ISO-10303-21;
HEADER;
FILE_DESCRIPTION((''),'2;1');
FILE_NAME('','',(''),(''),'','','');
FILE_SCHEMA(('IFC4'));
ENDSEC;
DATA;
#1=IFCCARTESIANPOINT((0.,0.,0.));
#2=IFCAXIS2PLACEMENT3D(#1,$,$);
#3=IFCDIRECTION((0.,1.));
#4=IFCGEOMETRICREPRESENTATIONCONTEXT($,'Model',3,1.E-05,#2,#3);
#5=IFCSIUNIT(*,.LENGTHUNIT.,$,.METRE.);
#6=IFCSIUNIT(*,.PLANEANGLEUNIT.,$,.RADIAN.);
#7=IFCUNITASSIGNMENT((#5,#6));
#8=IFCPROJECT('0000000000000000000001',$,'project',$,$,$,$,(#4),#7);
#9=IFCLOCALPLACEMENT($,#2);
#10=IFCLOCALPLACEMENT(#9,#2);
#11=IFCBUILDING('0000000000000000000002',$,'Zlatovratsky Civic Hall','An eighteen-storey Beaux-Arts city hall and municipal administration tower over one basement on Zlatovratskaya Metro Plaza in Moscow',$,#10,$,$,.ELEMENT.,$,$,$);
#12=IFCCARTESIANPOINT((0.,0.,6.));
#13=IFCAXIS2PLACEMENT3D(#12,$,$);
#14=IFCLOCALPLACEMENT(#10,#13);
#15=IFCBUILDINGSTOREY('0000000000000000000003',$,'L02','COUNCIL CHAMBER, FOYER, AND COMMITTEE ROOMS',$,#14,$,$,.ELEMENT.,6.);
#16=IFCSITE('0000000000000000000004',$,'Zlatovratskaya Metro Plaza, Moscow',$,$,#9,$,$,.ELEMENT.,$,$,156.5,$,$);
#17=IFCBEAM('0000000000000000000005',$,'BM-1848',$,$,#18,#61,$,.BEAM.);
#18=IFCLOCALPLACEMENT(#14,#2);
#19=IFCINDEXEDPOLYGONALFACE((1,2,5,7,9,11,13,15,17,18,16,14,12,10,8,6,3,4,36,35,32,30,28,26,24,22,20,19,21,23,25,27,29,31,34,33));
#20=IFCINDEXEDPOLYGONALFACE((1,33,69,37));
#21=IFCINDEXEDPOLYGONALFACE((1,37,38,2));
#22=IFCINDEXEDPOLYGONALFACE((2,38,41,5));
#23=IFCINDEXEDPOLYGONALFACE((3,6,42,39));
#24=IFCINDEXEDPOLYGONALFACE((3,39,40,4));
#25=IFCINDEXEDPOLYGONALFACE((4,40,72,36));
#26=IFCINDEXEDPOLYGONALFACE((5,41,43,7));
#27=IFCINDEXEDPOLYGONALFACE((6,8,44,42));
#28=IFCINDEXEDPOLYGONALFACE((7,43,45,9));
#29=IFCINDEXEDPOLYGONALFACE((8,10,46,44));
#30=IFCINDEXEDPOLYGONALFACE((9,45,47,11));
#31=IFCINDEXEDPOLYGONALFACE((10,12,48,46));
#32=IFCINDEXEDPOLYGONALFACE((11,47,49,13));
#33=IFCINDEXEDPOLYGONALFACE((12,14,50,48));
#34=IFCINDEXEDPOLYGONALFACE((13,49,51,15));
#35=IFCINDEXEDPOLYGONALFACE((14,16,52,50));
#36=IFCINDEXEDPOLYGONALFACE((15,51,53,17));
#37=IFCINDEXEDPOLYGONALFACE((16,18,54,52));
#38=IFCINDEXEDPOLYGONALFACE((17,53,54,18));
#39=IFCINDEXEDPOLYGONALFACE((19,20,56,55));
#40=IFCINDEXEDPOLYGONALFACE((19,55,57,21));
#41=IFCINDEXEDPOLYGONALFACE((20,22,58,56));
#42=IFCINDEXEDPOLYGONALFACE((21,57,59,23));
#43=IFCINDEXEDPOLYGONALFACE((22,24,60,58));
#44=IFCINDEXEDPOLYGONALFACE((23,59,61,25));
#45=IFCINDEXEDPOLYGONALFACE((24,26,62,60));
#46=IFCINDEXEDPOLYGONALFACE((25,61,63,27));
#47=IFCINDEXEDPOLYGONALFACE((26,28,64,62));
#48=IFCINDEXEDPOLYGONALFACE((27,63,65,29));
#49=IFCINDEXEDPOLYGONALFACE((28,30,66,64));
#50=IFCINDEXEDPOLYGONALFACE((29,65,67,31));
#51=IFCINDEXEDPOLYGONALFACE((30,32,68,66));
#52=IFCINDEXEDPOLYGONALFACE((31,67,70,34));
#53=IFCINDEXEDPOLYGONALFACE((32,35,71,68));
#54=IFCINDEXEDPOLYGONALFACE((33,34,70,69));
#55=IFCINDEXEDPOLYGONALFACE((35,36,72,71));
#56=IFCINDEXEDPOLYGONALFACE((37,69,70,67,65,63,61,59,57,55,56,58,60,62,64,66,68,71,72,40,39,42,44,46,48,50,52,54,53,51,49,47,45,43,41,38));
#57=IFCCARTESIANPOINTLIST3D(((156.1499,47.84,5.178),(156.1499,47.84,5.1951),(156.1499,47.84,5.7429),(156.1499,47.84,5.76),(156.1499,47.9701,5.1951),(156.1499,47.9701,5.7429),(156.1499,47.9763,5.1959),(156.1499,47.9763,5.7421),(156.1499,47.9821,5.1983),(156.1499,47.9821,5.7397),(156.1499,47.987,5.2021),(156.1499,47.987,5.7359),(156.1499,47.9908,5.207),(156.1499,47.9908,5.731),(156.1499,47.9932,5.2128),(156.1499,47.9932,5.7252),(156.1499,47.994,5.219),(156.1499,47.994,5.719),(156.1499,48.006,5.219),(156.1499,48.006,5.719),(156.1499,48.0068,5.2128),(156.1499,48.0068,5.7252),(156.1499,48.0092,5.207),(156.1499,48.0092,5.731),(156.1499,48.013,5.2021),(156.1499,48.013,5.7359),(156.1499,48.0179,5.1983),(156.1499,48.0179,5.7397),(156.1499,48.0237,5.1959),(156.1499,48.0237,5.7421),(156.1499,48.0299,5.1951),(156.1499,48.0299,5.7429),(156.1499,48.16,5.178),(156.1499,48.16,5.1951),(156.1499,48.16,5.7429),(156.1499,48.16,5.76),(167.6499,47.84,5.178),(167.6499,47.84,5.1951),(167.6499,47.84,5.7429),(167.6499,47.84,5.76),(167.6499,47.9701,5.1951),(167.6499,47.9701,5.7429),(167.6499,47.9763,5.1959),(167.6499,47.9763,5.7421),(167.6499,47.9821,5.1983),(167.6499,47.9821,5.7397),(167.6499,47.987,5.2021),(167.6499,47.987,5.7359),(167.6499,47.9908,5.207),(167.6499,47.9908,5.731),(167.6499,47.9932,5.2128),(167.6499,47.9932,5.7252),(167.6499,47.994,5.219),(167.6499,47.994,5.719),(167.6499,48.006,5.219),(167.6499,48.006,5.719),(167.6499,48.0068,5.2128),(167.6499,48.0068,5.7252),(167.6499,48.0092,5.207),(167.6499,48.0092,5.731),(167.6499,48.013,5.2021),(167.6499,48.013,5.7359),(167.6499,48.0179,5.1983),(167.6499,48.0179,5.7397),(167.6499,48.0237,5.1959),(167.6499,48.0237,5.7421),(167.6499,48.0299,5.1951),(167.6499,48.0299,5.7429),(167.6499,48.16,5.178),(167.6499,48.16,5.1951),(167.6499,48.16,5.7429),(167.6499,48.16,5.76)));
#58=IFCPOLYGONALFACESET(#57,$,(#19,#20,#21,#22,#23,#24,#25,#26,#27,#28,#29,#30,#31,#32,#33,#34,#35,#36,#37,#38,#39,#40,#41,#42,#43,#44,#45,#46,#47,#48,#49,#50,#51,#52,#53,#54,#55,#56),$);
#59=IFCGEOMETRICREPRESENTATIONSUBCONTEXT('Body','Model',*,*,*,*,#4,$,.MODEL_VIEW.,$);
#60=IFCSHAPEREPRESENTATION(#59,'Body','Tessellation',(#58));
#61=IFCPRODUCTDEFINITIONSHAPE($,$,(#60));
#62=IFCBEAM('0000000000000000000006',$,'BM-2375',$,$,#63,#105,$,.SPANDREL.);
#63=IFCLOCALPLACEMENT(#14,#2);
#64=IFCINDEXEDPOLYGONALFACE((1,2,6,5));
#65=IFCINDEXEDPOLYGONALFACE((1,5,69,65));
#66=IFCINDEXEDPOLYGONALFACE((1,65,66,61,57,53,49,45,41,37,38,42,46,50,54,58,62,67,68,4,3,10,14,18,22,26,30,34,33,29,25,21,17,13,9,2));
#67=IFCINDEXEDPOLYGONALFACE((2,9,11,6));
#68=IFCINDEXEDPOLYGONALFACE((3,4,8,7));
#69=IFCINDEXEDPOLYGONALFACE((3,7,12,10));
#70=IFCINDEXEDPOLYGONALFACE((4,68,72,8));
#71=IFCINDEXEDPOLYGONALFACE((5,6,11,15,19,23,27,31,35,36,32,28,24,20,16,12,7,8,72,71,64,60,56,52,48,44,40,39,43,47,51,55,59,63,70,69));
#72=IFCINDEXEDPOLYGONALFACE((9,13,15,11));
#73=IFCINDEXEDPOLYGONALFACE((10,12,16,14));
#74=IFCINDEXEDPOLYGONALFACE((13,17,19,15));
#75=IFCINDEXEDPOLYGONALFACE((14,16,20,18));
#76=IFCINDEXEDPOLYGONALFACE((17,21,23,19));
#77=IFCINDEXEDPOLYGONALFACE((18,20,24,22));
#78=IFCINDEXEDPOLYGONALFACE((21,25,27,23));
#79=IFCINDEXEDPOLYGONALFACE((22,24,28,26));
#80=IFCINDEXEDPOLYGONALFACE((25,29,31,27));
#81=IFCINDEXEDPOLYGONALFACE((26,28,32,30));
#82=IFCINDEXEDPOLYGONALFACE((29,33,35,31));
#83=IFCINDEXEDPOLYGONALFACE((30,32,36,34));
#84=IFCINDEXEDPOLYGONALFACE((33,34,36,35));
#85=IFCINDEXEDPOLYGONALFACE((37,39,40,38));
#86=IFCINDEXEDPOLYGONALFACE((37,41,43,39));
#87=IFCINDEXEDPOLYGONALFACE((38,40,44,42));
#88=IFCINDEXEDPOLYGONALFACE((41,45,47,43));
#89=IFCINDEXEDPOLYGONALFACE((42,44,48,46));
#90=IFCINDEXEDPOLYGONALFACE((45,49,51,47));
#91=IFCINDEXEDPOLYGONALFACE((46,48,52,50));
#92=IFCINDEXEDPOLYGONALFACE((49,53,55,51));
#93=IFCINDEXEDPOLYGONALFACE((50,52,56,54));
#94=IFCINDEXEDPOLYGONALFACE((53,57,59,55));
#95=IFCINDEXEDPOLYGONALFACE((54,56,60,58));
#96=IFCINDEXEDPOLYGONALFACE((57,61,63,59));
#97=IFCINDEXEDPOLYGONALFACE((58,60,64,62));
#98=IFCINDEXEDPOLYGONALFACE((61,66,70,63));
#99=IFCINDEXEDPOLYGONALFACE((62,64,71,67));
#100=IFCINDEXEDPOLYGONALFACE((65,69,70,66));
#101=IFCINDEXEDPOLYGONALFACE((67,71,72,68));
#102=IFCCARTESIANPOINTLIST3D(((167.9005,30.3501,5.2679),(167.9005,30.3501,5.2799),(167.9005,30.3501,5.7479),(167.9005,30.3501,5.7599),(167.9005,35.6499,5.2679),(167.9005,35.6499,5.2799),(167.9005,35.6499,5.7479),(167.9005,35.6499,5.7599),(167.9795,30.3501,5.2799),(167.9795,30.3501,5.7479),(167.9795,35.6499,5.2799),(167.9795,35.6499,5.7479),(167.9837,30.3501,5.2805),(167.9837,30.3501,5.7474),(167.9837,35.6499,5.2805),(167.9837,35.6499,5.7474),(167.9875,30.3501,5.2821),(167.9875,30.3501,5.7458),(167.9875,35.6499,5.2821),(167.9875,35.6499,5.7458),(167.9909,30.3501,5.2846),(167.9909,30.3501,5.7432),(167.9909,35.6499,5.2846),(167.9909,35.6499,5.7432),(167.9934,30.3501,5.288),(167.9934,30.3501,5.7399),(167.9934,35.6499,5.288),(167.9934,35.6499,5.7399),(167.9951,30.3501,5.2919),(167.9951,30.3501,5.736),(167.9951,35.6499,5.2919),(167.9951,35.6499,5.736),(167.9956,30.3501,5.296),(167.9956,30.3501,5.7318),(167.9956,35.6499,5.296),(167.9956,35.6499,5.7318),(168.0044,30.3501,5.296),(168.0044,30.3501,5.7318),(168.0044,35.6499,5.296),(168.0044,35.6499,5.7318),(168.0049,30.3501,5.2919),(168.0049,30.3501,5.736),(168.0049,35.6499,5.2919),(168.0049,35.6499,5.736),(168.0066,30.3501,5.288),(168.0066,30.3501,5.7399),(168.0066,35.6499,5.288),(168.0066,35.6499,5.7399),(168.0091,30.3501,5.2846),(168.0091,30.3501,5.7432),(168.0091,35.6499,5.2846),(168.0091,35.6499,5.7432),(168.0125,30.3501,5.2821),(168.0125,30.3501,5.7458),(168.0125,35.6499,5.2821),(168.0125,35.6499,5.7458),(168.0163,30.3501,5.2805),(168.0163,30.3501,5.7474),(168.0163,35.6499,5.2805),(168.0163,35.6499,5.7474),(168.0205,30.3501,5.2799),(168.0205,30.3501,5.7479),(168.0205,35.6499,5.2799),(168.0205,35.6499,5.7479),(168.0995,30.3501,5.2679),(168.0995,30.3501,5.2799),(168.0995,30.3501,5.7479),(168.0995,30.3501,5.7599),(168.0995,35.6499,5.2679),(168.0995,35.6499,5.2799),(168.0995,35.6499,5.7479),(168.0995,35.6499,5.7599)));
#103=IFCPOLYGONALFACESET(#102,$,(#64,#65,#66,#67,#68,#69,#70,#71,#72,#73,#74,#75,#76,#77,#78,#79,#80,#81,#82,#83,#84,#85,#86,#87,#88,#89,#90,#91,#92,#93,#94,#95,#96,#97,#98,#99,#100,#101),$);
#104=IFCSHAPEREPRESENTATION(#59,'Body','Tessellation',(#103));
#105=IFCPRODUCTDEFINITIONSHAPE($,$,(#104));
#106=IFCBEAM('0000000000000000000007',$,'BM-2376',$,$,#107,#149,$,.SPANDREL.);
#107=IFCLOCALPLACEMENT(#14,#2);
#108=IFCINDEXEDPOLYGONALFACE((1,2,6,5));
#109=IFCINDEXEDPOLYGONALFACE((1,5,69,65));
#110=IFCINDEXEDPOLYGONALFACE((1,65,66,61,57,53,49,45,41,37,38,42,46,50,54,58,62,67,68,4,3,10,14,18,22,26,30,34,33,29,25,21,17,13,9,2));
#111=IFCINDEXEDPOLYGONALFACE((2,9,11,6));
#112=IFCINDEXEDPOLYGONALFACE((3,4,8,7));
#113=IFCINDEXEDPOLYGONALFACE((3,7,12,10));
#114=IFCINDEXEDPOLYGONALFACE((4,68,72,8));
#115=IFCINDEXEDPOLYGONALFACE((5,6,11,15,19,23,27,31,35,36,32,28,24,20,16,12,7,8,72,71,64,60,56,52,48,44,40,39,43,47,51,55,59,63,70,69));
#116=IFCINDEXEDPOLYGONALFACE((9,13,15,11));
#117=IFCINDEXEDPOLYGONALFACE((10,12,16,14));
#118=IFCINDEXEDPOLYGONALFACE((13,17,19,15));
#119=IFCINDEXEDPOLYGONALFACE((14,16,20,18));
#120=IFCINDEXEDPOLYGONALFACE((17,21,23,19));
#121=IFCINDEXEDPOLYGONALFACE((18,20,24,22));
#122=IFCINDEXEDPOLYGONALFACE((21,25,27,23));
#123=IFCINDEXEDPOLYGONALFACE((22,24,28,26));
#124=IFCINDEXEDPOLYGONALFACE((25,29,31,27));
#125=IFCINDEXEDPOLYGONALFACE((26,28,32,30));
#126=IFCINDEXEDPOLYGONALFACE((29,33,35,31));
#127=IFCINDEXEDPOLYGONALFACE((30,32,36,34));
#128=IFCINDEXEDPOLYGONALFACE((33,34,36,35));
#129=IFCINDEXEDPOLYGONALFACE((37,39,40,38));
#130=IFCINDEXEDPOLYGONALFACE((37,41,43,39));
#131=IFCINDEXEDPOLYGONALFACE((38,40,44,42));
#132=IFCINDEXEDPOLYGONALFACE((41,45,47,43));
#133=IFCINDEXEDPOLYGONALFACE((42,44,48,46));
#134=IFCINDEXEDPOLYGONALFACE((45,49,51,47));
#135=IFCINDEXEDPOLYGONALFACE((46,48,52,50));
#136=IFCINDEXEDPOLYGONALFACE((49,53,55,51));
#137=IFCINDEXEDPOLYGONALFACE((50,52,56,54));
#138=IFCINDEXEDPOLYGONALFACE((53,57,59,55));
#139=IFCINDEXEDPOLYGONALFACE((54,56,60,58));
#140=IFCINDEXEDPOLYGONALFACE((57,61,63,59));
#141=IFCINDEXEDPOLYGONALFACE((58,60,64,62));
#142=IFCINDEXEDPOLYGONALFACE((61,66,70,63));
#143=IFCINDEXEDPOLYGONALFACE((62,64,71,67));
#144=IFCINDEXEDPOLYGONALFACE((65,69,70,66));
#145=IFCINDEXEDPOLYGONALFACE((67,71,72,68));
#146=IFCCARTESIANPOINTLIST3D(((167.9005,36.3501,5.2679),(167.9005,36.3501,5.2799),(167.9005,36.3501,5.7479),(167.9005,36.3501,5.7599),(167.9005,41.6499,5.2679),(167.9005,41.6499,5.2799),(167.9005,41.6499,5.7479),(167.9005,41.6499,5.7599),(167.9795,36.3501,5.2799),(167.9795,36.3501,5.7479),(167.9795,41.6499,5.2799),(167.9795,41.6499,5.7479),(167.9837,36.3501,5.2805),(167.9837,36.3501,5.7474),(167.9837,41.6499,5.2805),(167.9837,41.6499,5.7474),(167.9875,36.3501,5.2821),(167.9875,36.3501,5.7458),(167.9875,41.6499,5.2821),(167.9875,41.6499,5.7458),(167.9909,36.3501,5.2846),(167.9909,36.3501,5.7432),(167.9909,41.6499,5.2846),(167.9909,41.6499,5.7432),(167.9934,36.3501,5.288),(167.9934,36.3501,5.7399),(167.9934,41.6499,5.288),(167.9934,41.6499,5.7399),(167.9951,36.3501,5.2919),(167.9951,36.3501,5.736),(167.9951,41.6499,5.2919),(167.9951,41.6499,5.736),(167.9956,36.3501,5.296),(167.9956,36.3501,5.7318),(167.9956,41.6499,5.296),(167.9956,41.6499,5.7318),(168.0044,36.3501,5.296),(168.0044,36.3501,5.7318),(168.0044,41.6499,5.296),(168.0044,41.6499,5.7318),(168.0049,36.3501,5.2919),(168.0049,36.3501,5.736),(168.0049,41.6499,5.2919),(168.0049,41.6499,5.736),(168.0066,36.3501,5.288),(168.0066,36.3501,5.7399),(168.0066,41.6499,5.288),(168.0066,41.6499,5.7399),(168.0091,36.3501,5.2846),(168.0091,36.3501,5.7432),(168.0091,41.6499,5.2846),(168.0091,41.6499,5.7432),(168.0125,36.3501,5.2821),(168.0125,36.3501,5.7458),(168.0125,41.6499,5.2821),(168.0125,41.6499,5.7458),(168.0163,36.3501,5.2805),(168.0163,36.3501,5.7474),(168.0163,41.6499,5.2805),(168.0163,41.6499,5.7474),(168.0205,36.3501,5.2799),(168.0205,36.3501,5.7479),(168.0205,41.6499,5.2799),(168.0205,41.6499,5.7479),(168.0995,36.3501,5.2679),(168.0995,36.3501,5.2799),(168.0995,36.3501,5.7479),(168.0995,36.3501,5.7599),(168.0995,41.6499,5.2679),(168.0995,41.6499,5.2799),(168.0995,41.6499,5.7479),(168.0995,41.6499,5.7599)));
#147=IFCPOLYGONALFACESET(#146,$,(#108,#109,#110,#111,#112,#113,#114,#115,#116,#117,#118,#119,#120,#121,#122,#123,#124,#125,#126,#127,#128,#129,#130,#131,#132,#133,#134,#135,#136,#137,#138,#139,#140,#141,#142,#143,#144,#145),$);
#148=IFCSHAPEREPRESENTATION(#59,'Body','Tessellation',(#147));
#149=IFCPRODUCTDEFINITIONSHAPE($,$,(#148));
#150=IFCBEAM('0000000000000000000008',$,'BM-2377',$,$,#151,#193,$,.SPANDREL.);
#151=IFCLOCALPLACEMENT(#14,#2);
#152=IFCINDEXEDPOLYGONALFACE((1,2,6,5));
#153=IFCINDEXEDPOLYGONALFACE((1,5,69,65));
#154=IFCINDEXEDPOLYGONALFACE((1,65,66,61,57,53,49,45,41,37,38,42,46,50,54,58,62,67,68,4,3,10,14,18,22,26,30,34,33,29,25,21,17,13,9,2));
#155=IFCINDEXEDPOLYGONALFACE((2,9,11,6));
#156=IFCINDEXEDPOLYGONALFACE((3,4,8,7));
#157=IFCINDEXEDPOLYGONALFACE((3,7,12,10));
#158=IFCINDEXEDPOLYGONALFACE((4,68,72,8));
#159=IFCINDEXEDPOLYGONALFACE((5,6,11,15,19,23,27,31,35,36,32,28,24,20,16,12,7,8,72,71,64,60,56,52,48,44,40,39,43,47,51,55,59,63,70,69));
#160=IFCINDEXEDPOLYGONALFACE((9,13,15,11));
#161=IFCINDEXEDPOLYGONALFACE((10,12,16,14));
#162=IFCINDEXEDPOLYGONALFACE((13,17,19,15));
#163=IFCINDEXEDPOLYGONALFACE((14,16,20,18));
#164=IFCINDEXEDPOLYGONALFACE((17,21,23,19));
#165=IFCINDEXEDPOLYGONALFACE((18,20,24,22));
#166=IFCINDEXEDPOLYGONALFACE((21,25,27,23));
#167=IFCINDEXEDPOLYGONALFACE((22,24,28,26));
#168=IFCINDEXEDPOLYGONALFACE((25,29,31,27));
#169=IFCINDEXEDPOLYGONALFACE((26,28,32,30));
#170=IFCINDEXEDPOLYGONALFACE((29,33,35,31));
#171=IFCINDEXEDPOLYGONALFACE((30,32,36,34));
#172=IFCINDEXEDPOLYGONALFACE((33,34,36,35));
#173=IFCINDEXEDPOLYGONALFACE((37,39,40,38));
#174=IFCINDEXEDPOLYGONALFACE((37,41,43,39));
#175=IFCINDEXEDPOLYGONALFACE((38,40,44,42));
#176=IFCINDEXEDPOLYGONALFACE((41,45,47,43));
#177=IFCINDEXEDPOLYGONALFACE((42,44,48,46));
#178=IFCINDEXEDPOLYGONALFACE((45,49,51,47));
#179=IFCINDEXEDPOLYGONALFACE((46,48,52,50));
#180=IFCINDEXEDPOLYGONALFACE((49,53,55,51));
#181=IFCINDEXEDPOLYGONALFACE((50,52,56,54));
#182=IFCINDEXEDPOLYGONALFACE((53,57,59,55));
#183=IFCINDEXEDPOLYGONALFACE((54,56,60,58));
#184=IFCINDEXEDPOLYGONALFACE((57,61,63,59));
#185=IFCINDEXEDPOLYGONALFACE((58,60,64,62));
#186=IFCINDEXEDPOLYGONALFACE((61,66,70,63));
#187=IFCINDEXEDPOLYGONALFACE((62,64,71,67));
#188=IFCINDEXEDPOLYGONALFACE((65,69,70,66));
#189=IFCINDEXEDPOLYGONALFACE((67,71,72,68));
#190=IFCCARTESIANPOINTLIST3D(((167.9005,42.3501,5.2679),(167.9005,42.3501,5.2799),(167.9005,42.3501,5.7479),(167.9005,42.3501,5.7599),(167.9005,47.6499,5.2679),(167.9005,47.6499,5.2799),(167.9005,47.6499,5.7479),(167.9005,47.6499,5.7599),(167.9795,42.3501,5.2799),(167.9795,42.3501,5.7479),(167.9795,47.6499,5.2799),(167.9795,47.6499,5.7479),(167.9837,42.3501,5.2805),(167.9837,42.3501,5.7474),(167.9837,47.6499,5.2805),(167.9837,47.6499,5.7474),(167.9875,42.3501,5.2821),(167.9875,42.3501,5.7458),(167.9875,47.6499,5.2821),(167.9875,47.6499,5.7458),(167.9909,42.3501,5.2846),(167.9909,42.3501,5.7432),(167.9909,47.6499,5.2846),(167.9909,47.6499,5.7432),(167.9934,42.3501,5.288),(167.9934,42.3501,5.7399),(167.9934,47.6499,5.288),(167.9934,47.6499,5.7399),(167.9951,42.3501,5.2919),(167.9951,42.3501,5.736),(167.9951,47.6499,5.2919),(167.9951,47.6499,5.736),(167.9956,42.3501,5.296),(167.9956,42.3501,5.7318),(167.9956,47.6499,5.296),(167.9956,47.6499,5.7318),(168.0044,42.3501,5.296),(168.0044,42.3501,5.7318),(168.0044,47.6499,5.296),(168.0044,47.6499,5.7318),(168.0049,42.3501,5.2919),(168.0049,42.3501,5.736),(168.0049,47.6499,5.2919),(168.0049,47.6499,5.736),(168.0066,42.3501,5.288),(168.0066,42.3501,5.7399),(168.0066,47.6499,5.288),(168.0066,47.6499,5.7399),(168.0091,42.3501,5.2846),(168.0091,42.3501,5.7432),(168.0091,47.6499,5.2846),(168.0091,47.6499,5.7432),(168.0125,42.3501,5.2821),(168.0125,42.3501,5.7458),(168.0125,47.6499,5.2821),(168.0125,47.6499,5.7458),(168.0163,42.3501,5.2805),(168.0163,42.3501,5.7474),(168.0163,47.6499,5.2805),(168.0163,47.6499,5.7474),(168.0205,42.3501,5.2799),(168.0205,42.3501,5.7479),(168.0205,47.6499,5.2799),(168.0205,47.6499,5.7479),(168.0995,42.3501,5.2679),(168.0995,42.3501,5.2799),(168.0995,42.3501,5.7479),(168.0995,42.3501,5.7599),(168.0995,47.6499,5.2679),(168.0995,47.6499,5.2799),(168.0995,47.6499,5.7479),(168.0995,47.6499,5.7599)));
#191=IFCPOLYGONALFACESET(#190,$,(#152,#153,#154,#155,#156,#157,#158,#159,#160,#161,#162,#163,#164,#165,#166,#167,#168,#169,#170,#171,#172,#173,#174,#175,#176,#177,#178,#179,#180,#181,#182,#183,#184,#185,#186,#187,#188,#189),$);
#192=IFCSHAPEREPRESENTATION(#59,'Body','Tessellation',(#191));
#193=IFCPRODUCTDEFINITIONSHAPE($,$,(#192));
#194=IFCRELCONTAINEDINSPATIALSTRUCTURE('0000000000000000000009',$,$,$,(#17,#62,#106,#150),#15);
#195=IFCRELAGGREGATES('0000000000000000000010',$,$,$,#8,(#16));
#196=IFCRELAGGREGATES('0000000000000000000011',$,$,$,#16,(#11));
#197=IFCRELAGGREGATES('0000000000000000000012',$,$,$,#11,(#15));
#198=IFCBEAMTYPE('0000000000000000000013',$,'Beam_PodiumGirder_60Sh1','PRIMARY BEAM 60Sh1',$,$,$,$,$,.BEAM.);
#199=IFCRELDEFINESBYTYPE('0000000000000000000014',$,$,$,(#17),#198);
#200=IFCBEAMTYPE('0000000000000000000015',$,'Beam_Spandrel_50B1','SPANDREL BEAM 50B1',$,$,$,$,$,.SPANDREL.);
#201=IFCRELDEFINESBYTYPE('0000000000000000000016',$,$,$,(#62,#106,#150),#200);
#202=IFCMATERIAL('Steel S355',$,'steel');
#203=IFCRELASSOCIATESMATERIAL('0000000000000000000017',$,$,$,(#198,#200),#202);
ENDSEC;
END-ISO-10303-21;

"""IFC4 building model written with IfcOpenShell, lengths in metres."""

from ifc_helpers import new_model, si_unit, direction, frame, origin, origin_2d, place, context, subcontext, project, spatial, i_section, extrude, material, material_profile, profile_set, type_object, element, save


model = new_model("IFC4")

# Units and contexts
model_context = context("Model", 3, precision=1e-05, world=origin(), true_north=direction((0.0, 1.0)))
body_context = subcontext(model_context, "Body", "Model", "MODEL_VIEW")
ifc_project = project(units=[si_unit("LENGTHUNIT", "METRE"), si_unit("PLANEANGLEUNIT", "RADIAN")], contexts=[model_context])

# Site, building, storey
site_placement = place(None, origin())
site = spatial("IfcSite", under=ifc_project, at=site_placement, Name="Zlatovratskaya Metro Plaza, Moscow", CompositionType="ELEMENT", RefElevation=156.5)
building_placement = place(site_placement, origin())
building = spatial("IfcBuilding", under=site, at=building_placement, Name="Zlatovratsky Civic Hall", Description="An eighteen-storey Beaux-Arts city hall and municipal administration tower over one basement on Zlatovratskaya Metro Plaza in Moscow", CompositionType="ELEMENT")
storey_placement = place(building_placement, frame((0.0, 0.0, 6.0)))
storey = spatial("IfcBuildingStorey", under=building, at=storey_placement, Name="L02", Description="COUNCIL CHAMBER, FOYER, AND COMMITTEE ROOMS", CompositionType="ELEMENT", Elevation=6.0)

# Shared definitions
ifc_material_1 = material(Name="Steel S355", Category="steel")

# Beams
ifc_material_profile_1 = material_profile(ifc_material_1, i_section(OverallWidth=0.3201, OverallDepth=0.582, WebThickness=0.012, FlangeThickness=0.0171, FilletRadius=0.0239, at=origin_2d()), Name="60Sh1")
ifc_profile_set_1 = profile_set([ifc_material_profile_1], Name="Steel S355")
beam_type_1 = type_object("IfcBeamType", Name="Beam_PodiumGirder_60Sh1", Description="PRIMARY BEAM 60Sh1", PredefinedType="BEAM", material=ifc_profile_set_1)
for number, where, z_axis, x_axis, name in (
    (1, (156.1499, 48.0, 5.469), (1.0, 0.0, 0.0), (0.0, 1.0, 0.0), "BM-1848"),
):
    element("IfcBeam", number, at=place(storey_placement, frame(where, z_axis=z_axis, x_axis=x_axis)), inside=storey, type_object=beam_type_1, Name=name, PredefinedType="BEAM", context=body_context, shape_type="SweptSolid", body=[
        extrude(i_section(OverallWidth=0.3201, OverallDepth=0.582, WebThickness=0.012, FlangeThickness=0.0171, FilletRadius=0.0239, at=origin_2d()), origin(), (0.0, 0.0, 1.0), 11.5),
    ])
ifc_material_profile_2 = material_profile(ifc_material_1, i_section(OverallWidth=0.199, OverallDepth=0.4919, WebThickness=0.0088, FlangeThickness=0.012, FilletRadius=0.0161, at=origin_2d()), Name="50B1")
ifc_profile_set_2 = profile_set([ifc_material_profile_2], Name="Steel S355")
beam_type_2 = type_object("IfcBeamType", Name="Beam_Spandrel_50B1", Description="SPANDREL BEAM 50B1", PredefinedType="SPANDREL", material=ifc_profile_set_2)
for number, where, z_axis, x_axis, name in (
    (2, (168.0, 30.3501, 5.5139), (0.0, 1.0, 0.0), (-1.0, 0.0, 0.0), "BM-2375"),
    (3, (168.0, 36.3501, 5.5139), (0.0, 1.0, 0.0), (-1.0, 0.0, 0.0), "BM-2376"),
    (4, (168.0, 42.3501, 5.5139), (0.0, 1.0, 0.0), (-1.0, 0.0, 0.0), "BM-2377"),
):
    element("IfcBeam", number, at=place(storey_placement, frame(where, z_axis=z_axis, x_axis=x_axis)), inside=storey, type_object=beam_type_2, Name=name, PredefinedType="SPANDREL", context=body_context, shape_type="SweptSolid", body=[
        extrude(i_section(OverallWidth=0.199, OverallDepth=0.4919, WebThickness=0.0088, FlangeThickness=0.012, FilletRadius=0.0161, at=origin_2d()), origin(), (0.0, 0.0, 1.0), 5.2998),
    ])

save(model, "model.ifc")
